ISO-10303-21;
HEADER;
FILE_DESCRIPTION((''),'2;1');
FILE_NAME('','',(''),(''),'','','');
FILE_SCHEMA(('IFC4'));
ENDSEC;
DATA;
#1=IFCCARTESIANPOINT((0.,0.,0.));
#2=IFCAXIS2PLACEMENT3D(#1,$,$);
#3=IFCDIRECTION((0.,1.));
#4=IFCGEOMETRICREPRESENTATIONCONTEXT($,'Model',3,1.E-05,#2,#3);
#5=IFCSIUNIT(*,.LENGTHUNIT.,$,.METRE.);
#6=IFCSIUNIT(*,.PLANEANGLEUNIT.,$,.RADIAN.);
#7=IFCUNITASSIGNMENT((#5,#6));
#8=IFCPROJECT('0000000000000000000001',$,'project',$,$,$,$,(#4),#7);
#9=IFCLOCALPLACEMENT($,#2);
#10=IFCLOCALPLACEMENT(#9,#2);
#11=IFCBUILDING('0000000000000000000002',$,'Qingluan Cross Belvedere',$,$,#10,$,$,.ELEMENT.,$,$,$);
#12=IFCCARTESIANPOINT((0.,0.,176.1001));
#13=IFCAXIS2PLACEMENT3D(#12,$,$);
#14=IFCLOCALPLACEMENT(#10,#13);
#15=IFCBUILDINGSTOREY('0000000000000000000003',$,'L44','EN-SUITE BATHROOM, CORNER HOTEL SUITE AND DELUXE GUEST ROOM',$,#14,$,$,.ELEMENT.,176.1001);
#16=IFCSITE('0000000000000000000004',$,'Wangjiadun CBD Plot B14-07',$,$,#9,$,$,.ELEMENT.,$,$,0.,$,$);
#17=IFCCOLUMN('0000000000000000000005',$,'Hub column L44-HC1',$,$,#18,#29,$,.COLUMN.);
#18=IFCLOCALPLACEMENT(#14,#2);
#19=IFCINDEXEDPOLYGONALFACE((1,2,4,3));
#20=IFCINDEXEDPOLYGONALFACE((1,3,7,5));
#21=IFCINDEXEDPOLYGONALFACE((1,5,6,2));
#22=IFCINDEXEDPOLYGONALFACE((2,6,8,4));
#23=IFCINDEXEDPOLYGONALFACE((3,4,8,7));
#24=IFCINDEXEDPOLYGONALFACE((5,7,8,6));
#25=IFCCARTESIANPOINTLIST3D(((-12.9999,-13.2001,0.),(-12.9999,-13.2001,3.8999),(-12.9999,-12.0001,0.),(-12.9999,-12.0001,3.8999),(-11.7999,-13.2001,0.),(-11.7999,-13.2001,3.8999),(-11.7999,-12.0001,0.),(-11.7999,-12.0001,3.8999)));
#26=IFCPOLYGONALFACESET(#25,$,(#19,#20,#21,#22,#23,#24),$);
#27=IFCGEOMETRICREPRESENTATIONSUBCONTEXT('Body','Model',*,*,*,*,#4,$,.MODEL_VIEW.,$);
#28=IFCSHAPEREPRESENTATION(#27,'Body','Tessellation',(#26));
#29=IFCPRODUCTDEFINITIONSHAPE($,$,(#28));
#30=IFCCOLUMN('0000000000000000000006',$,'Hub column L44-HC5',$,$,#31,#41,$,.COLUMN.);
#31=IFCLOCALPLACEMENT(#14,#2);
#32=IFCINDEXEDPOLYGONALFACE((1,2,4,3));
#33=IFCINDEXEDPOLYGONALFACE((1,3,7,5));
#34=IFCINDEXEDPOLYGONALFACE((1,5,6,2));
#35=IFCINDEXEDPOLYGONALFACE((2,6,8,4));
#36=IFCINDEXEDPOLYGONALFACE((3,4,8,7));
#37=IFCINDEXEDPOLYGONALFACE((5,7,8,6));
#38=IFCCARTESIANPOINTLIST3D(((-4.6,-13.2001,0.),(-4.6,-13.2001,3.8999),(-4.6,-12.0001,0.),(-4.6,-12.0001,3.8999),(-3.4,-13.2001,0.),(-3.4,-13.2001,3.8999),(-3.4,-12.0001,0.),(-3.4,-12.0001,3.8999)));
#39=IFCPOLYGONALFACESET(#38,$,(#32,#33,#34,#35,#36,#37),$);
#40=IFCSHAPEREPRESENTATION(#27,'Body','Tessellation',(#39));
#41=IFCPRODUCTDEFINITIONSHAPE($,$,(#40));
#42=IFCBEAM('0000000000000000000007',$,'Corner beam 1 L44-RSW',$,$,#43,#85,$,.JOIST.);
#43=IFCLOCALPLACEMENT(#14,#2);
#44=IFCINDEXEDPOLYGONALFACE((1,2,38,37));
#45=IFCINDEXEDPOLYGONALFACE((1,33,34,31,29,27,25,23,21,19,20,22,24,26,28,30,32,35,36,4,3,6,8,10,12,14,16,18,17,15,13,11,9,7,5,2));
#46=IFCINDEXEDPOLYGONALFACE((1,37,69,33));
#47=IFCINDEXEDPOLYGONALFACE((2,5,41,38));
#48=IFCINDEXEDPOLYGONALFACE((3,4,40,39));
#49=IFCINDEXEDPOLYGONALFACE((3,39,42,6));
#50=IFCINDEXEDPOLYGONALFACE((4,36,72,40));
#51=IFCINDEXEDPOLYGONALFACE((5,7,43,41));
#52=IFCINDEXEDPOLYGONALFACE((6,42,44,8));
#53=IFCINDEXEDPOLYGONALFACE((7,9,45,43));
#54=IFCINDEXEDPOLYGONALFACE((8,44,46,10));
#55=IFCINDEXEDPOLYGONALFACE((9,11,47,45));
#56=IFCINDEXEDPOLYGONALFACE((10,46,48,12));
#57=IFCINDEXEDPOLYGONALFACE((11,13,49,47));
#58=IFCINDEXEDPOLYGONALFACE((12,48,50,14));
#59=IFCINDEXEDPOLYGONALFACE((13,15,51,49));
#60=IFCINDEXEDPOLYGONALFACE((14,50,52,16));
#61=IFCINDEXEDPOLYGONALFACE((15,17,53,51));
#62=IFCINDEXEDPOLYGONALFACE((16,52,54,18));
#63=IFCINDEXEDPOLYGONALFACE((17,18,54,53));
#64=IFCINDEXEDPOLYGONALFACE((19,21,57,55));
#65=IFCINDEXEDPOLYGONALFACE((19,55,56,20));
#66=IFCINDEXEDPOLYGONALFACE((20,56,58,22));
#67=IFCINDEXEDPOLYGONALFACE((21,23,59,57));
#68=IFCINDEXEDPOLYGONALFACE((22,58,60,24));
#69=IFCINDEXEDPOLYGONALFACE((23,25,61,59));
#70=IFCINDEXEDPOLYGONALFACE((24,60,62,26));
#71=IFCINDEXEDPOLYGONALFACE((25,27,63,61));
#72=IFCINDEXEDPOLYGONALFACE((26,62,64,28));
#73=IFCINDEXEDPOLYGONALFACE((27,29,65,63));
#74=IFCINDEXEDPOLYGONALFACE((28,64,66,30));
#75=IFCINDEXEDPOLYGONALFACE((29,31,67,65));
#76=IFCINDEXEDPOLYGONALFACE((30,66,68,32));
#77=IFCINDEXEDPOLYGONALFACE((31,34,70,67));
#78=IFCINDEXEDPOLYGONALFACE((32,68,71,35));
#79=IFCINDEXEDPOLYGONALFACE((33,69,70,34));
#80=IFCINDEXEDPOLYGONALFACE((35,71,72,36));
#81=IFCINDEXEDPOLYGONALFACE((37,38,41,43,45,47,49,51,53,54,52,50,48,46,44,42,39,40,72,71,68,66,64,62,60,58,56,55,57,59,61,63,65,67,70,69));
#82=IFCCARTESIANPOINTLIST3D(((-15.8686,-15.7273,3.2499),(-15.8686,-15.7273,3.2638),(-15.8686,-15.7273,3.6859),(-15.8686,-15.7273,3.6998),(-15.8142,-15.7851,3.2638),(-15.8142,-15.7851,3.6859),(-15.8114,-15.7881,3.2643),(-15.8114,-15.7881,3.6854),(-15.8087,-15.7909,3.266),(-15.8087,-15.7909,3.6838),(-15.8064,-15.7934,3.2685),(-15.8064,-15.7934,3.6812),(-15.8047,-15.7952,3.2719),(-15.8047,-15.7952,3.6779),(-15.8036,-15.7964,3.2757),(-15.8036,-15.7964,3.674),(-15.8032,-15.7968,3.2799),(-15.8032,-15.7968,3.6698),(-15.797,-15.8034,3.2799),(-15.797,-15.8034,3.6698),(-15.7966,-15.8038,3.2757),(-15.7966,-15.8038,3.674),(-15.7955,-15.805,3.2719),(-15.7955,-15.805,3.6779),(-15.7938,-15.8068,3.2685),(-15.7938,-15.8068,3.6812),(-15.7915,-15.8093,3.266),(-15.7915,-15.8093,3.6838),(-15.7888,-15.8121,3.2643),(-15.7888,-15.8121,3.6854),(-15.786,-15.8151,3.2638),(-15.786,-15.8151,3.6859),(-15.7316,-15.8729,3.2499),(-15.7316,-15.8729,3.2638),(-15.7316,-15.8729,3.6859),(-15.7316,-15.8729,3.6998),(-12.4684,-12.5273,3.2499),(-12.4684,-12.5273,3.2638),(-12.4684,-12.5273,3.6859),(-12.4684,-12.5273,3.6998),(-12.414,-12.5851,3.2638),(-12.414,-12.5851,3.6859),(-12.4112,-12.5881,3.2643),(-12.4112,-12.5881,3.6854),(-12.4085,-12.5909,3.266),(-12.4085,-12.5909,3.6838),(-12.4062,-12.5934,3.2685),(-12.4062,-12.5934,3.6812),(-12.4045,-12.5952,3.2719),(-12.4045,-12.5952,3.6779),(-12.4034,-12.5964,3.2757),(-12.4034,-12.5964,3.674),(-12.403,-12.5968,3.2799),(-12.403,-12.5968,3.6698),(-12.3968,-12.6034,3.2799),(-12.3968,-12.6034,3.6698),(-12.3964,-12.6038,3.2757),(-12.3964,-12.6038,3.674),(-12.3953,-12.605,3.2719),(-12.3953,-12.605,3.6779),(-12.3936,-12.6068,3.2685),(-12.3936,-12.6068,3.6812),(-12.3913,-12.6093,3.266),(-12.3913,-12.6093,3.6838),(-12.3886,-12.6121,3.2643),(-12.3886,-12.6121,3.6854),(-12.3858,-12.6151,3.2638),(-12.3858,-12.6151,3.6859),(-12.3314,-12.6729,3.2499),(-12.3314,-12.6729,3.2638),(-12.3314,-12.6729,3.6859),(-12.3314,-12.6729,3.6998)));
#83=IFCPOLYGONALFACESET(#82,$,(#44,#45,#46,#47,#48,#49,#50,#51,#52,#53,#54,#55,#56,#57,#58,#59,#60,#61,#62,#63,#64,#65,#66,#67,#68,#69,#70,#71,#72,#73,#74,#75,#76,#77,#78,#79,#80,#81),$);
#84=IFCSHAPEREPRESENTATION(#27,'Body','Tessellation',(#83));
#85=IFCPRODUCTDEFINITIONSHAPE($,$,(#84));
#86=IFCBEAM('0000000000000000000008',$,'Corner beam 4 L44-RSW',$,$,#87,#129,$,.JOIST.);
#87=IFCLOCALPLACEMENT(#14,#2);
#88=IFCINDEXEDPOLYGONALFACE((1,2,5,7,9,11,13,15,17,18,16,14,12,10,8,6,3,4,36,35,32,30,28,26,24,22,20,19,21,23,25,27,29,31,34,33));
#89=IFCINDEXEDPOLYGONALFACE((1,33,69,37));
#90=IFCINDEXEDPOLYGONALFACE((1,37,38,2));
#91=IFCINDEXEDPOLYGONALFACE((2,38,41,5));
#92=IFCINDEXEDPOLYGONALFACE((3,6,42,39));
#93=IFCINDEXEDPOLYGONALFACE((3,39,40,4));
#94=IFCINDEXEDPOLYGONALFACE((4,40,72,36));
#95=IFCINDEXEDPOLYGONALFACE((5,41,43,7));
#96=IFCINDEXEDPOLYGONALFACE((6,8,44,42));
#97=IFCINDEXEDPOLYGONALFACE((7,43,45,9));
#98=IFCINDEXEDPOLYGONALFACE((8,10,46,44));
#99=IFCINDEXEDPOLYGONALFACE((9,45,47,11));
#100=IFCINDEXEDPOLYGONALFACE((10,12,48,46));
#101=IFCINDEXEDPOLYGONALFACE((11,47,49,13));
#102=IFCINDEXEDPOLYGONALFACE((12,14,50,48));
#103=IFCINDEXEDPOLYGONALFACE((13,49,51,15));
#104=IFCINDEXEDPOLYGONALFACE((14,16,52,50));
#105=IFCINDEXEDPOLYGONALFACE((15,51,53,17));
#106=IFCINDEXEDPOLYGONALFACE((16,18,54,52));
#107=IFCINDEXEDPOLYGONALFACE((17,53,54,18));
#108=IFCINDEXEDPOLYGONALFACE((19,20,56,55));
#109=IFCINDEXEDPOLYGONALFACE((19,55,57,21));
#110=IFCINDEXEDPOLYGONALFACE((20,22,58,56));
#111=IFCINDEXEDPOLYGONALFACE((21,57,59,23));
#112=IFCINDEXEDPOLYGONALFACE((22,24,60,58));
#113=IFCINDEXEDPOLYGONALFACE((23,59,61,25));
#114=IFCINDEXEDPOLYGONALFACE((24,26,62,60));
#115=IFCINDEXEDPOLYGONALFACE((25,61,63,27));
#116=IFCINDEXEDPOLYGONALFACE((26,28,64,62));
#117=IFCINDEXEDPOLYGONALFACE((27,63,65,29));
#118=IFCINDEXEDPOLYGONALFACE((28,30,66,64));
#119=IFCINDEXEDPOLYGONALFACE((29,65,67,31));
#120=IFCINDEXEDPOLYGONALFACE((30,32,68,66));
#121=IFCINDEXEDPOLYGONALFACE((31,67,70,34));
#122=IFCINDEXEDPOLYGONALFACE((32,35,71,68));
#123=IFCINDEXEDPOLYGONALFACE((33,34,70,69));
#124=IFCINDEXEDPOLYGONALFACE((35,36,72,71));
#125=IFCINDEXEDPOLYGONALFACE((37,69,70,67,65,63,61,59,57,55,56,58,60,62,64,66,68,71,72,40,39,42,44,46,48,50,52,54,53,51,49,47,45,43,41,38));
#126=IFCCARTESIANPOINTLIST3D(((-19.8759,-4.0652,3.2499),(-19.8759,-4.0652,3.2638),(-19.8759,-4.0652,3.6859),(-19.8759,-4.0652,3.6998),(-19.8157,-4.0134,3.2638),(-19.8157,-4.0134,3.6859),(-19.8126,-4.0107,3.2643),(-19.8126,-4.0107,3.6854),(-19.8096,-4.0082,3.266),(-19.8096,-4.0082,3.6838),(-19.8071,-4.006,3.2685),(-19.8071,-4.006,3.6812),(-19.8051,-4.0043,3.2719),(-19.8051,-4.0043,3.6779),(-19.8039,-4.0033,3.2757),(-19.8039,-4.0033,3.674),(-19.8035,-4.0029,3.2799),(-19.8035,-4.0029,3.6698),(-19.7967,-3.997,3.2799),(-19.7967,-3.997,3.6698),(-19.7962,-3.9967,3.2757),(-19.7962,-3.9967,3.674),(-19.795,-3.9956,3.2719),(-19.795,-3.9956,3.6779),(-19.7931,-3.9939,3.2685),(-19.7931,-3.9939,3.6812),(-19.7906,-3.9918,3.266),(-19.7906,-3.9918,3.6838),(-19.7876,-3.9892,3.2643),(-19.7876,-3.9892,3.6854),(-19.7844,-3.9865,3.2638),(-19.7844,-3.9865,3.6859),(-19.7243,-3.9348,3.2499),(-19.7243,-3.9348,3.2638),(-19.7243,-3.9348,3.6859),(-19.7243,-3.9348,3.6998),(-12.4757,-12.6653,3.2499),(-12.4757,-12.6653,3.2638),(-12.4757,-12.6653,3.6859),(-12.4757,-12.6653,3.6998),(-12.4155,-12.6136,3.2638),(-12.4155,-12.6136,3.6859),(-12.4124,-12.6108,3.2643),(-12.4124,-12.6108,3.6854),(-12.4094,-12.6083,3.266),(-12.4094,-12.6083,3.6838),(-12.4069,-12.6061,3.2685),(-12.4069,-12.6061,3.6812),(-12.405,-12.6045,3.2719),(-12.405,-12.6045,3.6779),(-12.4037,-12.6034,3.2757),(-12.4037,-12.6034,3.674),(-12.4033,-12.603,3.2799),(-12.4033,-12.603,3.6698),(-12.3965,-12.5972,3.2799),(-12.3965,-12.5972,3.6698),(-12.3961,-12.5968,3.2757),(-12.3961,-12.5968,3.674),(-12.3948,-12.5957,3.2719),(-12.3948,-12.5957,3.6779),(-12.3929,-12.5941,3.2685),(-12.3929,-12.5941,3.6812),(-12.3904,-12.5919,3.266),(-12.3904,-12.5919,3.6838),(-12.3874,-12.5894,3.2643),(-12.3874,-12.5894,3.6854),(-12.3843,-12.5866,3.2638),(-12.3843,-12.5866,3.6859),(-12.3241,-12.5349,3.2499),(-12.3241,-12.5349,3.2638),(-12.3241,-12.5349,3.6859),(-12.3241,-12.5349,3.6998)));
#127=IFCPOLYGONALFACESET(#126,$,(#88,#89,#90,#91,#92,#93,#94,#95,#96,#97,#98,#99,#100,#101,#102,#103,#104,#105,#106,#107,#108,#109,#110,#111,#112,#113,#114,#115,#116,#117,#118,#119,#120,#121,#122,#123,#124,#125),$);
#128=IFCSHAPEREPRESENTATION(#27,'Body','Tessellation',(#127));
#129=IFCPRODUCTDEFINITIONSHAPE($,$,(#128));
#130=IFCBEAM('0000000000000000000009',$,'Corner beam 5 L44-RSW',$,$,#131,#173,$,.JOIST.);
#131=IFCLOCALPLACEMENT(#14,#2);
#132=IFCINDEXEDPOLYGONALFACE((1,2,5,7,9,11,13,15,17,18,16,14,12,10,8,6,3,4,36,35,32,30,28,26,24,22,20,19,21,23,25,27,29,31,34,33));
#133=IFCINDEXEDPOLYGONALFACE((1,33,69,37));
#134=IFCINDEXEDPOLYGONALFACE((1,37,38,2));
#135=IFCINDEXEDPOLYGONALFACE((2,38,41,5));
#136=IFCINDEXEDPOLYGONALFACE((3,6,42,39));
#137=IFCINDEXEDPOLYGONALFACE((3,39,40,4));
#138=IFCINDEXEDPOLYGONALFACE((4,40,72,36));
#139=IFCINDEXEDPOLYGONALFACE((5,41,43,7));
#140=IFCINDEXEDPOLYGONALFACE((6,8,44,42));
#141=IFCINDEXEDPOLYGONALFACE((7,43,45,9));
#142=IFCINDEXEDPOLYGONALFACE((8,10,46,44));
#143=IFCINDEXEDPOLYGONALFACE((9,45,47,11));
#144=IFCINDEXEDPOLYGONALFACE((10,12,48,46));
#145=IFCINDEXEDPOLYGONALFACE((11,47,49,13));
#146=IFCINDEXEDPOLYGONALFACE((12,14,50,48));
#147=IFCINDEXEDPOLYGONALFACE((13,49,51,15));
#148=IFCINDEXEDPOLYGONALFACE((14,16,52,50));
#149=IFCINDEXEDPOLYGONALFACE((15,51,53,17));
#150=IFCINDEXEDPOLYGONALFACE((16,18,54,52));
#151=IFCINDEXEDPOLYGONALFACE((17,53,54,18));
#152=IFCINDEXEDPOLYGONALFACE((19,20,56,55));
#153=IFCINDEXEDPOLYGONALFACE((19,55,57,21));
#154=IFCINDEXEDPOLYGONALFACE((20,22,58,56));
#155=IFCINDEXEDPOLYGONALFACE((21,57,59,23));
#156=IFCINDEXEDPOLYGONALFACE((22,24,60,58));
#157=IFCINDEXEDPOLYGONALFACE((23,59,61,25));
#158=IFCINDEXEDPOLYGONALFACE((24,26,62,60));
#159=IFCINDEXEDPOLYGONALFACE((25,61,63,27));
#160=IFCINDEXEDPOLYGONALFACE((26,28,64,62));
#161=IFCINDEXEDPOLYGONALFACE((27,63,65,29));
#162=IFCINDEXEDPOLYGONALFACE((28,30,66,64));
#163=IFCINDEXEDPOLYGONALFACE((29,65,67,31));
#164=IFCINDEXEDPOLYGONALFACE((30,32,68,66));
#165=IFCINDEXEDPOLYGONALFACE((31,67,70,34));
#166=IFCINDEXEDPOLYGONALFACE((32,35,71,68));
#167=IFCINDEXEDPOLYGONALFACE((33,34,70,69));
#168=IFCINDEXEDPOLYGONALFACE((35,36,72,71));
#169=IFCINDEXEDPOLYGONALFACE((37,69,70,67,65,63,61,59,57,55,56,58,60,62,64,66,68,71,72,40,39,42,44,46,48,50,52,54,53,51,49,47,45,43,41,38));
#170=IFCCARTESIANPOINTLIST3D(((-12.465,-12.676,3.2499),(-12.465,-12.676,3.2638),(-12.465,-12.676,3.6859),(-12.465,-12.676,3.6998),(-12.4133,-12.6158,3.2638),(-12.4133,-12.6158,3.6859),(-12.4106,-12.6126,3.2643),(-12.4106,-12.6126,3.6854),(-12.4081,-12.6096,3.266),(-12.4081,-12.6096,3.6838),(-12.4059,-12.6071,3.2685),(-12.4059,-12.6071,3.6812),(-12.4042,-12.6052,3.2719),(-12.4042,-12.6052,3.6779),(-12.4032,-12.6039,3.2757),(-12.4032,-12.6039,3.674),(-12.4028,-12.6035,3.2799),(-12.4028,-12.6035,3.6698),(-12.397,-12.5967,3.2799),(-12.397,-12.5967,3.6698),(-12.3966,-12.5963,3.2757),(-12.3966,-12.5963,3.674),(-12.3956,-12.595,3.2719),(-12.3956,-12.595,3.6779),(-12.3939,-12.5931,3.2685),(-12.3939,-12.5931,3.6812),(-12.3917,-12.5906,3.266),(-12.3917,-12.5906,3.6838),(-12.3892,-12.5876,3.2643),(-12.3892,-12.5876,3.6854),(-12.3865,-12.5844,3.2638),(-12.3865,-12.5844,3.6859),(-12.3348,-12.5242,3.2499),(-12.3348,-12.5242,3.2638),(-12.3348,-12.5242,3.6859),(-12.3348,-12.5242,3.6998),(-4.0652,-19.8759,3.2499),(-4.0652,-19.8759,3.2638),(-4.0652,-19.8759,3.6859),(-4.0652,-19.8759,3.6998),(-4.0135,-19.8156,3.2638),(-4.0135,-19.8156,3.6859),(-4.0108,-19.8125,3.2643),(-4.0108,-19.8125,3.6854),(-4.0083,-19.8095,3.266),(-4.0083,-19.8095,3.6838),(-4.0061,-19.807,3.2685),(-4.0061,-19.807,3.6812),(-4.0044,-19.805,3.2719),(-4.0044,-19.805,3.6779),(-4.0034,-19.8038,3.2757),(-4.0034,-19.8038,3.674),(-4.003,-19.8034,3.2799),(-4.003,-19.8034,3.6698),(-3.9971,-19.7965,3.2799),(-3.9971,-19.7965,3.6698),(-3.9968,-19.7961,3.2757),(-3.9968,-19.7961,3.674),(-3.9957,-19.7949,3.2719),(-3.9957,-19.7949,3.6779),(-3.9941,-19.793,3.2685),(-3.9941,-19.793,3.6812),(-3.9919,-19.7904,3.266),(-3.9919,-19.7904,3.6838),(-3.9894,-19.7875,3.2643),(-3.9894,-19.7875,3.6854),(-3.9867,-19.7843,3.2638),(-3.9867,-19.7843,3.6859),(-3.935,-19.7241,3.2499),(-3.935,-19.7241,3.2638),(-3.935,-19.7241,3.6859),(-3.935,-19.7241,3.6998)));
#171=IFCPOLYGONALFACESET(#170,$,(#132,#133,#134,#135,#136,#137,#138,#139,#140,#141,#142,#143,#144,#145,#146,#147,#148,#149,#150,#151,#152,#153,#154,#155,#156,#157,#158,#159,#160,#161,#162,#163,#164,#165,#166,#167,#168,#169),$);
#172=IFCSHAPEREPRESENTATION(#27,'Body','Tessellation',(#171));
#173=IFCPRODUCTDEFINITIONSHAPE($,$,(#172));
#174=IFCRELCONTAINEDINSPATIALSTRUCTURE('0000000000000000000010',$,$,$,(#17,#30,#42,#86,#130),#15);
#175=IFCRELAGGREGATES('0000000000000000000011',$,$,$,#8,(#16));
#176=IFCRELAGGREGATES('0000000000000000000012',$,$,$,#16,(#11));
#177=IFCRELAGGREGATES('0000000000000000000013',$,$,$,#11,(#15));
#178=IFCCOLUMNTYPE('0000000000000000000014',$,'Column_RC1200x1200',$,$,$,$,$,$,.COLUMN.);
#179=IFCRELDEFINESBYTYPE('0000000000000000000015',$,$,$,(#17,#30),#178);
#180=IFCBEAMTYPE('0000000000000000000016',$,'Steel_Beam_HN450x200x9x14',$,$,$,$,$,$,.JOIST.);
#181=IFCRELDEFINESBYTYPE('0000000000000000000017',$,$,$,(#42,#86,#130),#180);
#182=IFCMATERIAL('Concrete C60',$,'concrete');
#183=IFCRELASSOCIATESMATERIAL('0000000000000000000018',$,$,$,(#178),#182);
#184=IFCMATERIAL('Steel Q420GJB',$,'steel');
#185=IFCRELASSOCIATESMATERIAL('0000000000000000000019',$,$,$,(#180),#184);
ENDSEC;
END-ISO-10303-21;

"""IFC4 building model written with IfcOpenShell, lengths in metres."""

from ifc_helpers import new_model, si_unit, direction, frame, origin, origin_2d, place, context, subcontext, project, spatial, rectangle, i_section, extrude, material, material_profile, profile_set, type_object, element, save


model = new_model("IFC4")

# Units and contexts
model_context = context("Model", 3, precision=1e-05, world=origin(), true_north=direction((0.0, 1.0)))
body_context = subcontext(model_context, "Body", "Model", "MODEL_VIEW")
ifc_project = project(units=[si_unit("LENGTHUNIT", "METRE"), si_unit("PLANEANGLEUNIT", "RADIAN")], contexts=[model_context])

# Site, building, storey
site_placement = place(None, origin())
site = spatial("IfcSite", under=ifc_project, at=site_placement, Name="Wangjiadun CBD Plot B14-07", CompositionType="ELEMENT", RefElevation=0.0)
building_placement = place(site_placement, origin())
building = spatial("IfcBuilding", under=site, at=building_placement, Name="Qingluan Cross Belvedere", CompositionType="ELEMENT")
storey_placement = place(building_placement, frame((0.0, 0.0, 176.1001)))
storey = spatial("IfcBuildingStorey", under=building, at=storey_placement, Name="L44", Description="EN-SUITE BATHROOM, CORNER HOTEL SUITE AND DELUXE GUEST ROOM", CompositionType="ELEMENT", Elevation=176.1001)

# Columns
ifc_material_1 = material(Name="Concrete C60", Category="concrete")
ifc_material_profile_1 = material_profile(ifc_material_1, rectangle(XDim=1.2, YDim=1.2, at=origin_2d()), Name="RC1200x1200")
ifc_profile_set_1 = profile_set([ifc_material_profile_1], Name="Concrete C60")
column_type = type_object("IfcColumnType", Name="Column_RC1200x1200", PredefinedType="COLUMN", material=ifc_profile_set_1)
for number, where, z_axis, x_axis, name in (
    (1, (-12.3999, -12.6001, 0.0), (0.0, 0.0, 1.0), (1.0, 0.0, 0.0), "Hub column L44-HC1"),
    (2, (-4.0, -12.6001, 0.0), (0.0, 0.0, 1.0), (1.0, 0.0, 0.0), "Hub column L44-HC5"),
):
    element("IfcColumn", number, at=place(storey_placement, frame(where, z_axis=z_axis, x_axis=x_axis)), inside=storey, type_object=column_type, Name=name, PredefinedType="COLUMN", context=body_context, shape_type="SweptSolid", body=[
        extrude(rectangle(XDim=1.2, YDim=1.2, at=origin_2d()), origin(), (0.0, 0.0, 1.0), 3.8999),
    ])

# Beams
ifc_material_2 = material(Name="Steel Q420GJB", Category="steel")
ifc_material_profile_2 = material_profile(ifc_material_2, i_section(OverallWidth=0.2, OverallDepth=0.45, WebThickness=0.009, FlangeThickness=0.0139, FilletRadius=0.0161, at=origin_2d()), Name="HN450x200x9x14")
ifc_profile_set_2 = profile_set([ifc_material_profile_2], Name="Steel Q420GJB")
beam_type_1 = type_object("IfcBeamType", Name="Steel_Beam_HN450x200x9x14", PredefinedType="JOIST", material=ifc_profile_set_2)
beam_1_placement = place(storey_placement, frame((-12.3999, -12.6001, 3.4749), z_axis=(-0.72822, -0.685343, 0.0), x_axis=(0.685343, -0.72822, 0.0)))
element("IfcBeam", 3, at=beam_1_placement, inside=storey, type_object=beam_type_1, Name="Corner beam 1 L44-RSW", PredefinedType="JOIST", context=body_context, shape_type="SweptSolid", body=[
    extrude(i_section(OverallWidth=0.2, OverallDepth=0.45, WebThickness=0.009, FlangeThickness=0.0139, FilletRadius=0.0161, at=origin_2d()), origin(), (0.0, 0.0, 1.0), 4.6692),
])
beam_2_placement = place(storey_placement, frame((-12.3999, -12.6001, 3.4749), z_axis=(-0.652245, 0.758008, 0.0), x_axis=(-0.758008, -0.652245, 0.0)))
element("IfcBeam", 4, at=beam_2_placement, inside=storey, type_object=beam_type_1, Name="Corner beam 4 L44-RSW", PredefinedType="JOIST", context=body_context, shape_type="SweptSolid", body=[
    extrude(i_section(OverallWidth=0.2, OverallDepth=0.45, WebThickness=0.009, FlangeThickness=0.0139, FilletRadius=0.0161, at=origin_2d()), origin(), (0.0, 0.0, 1.0), 11.3457),
])
beam_3_placement = place(storey_placement, frame((-12.3999, -12.6001, 3.4749), z_axis=(0.759255, -0.650793, 0.0), x_axis=(0.650793, 0.759255, 0.0)))
element("IfcBeam", 5, at=beam_3_placement, inside=storey, type_object=beam_type_1, Name="Corner beam 5 L44-RSW", PredefinedType="JOIST", context=body_context, shape_type="SweptSolid", body=[
    extrude(i_section(OverallWidth=0.2, OverallDepth=0.45, WebThickness=0.009, FlangeThickness=0.0139, FilletRadius=0.0161, at=origin_2d()), origin(), (0.0, 0.0, 1.0), 11.0632),
])

save(model, "model.ifc")
